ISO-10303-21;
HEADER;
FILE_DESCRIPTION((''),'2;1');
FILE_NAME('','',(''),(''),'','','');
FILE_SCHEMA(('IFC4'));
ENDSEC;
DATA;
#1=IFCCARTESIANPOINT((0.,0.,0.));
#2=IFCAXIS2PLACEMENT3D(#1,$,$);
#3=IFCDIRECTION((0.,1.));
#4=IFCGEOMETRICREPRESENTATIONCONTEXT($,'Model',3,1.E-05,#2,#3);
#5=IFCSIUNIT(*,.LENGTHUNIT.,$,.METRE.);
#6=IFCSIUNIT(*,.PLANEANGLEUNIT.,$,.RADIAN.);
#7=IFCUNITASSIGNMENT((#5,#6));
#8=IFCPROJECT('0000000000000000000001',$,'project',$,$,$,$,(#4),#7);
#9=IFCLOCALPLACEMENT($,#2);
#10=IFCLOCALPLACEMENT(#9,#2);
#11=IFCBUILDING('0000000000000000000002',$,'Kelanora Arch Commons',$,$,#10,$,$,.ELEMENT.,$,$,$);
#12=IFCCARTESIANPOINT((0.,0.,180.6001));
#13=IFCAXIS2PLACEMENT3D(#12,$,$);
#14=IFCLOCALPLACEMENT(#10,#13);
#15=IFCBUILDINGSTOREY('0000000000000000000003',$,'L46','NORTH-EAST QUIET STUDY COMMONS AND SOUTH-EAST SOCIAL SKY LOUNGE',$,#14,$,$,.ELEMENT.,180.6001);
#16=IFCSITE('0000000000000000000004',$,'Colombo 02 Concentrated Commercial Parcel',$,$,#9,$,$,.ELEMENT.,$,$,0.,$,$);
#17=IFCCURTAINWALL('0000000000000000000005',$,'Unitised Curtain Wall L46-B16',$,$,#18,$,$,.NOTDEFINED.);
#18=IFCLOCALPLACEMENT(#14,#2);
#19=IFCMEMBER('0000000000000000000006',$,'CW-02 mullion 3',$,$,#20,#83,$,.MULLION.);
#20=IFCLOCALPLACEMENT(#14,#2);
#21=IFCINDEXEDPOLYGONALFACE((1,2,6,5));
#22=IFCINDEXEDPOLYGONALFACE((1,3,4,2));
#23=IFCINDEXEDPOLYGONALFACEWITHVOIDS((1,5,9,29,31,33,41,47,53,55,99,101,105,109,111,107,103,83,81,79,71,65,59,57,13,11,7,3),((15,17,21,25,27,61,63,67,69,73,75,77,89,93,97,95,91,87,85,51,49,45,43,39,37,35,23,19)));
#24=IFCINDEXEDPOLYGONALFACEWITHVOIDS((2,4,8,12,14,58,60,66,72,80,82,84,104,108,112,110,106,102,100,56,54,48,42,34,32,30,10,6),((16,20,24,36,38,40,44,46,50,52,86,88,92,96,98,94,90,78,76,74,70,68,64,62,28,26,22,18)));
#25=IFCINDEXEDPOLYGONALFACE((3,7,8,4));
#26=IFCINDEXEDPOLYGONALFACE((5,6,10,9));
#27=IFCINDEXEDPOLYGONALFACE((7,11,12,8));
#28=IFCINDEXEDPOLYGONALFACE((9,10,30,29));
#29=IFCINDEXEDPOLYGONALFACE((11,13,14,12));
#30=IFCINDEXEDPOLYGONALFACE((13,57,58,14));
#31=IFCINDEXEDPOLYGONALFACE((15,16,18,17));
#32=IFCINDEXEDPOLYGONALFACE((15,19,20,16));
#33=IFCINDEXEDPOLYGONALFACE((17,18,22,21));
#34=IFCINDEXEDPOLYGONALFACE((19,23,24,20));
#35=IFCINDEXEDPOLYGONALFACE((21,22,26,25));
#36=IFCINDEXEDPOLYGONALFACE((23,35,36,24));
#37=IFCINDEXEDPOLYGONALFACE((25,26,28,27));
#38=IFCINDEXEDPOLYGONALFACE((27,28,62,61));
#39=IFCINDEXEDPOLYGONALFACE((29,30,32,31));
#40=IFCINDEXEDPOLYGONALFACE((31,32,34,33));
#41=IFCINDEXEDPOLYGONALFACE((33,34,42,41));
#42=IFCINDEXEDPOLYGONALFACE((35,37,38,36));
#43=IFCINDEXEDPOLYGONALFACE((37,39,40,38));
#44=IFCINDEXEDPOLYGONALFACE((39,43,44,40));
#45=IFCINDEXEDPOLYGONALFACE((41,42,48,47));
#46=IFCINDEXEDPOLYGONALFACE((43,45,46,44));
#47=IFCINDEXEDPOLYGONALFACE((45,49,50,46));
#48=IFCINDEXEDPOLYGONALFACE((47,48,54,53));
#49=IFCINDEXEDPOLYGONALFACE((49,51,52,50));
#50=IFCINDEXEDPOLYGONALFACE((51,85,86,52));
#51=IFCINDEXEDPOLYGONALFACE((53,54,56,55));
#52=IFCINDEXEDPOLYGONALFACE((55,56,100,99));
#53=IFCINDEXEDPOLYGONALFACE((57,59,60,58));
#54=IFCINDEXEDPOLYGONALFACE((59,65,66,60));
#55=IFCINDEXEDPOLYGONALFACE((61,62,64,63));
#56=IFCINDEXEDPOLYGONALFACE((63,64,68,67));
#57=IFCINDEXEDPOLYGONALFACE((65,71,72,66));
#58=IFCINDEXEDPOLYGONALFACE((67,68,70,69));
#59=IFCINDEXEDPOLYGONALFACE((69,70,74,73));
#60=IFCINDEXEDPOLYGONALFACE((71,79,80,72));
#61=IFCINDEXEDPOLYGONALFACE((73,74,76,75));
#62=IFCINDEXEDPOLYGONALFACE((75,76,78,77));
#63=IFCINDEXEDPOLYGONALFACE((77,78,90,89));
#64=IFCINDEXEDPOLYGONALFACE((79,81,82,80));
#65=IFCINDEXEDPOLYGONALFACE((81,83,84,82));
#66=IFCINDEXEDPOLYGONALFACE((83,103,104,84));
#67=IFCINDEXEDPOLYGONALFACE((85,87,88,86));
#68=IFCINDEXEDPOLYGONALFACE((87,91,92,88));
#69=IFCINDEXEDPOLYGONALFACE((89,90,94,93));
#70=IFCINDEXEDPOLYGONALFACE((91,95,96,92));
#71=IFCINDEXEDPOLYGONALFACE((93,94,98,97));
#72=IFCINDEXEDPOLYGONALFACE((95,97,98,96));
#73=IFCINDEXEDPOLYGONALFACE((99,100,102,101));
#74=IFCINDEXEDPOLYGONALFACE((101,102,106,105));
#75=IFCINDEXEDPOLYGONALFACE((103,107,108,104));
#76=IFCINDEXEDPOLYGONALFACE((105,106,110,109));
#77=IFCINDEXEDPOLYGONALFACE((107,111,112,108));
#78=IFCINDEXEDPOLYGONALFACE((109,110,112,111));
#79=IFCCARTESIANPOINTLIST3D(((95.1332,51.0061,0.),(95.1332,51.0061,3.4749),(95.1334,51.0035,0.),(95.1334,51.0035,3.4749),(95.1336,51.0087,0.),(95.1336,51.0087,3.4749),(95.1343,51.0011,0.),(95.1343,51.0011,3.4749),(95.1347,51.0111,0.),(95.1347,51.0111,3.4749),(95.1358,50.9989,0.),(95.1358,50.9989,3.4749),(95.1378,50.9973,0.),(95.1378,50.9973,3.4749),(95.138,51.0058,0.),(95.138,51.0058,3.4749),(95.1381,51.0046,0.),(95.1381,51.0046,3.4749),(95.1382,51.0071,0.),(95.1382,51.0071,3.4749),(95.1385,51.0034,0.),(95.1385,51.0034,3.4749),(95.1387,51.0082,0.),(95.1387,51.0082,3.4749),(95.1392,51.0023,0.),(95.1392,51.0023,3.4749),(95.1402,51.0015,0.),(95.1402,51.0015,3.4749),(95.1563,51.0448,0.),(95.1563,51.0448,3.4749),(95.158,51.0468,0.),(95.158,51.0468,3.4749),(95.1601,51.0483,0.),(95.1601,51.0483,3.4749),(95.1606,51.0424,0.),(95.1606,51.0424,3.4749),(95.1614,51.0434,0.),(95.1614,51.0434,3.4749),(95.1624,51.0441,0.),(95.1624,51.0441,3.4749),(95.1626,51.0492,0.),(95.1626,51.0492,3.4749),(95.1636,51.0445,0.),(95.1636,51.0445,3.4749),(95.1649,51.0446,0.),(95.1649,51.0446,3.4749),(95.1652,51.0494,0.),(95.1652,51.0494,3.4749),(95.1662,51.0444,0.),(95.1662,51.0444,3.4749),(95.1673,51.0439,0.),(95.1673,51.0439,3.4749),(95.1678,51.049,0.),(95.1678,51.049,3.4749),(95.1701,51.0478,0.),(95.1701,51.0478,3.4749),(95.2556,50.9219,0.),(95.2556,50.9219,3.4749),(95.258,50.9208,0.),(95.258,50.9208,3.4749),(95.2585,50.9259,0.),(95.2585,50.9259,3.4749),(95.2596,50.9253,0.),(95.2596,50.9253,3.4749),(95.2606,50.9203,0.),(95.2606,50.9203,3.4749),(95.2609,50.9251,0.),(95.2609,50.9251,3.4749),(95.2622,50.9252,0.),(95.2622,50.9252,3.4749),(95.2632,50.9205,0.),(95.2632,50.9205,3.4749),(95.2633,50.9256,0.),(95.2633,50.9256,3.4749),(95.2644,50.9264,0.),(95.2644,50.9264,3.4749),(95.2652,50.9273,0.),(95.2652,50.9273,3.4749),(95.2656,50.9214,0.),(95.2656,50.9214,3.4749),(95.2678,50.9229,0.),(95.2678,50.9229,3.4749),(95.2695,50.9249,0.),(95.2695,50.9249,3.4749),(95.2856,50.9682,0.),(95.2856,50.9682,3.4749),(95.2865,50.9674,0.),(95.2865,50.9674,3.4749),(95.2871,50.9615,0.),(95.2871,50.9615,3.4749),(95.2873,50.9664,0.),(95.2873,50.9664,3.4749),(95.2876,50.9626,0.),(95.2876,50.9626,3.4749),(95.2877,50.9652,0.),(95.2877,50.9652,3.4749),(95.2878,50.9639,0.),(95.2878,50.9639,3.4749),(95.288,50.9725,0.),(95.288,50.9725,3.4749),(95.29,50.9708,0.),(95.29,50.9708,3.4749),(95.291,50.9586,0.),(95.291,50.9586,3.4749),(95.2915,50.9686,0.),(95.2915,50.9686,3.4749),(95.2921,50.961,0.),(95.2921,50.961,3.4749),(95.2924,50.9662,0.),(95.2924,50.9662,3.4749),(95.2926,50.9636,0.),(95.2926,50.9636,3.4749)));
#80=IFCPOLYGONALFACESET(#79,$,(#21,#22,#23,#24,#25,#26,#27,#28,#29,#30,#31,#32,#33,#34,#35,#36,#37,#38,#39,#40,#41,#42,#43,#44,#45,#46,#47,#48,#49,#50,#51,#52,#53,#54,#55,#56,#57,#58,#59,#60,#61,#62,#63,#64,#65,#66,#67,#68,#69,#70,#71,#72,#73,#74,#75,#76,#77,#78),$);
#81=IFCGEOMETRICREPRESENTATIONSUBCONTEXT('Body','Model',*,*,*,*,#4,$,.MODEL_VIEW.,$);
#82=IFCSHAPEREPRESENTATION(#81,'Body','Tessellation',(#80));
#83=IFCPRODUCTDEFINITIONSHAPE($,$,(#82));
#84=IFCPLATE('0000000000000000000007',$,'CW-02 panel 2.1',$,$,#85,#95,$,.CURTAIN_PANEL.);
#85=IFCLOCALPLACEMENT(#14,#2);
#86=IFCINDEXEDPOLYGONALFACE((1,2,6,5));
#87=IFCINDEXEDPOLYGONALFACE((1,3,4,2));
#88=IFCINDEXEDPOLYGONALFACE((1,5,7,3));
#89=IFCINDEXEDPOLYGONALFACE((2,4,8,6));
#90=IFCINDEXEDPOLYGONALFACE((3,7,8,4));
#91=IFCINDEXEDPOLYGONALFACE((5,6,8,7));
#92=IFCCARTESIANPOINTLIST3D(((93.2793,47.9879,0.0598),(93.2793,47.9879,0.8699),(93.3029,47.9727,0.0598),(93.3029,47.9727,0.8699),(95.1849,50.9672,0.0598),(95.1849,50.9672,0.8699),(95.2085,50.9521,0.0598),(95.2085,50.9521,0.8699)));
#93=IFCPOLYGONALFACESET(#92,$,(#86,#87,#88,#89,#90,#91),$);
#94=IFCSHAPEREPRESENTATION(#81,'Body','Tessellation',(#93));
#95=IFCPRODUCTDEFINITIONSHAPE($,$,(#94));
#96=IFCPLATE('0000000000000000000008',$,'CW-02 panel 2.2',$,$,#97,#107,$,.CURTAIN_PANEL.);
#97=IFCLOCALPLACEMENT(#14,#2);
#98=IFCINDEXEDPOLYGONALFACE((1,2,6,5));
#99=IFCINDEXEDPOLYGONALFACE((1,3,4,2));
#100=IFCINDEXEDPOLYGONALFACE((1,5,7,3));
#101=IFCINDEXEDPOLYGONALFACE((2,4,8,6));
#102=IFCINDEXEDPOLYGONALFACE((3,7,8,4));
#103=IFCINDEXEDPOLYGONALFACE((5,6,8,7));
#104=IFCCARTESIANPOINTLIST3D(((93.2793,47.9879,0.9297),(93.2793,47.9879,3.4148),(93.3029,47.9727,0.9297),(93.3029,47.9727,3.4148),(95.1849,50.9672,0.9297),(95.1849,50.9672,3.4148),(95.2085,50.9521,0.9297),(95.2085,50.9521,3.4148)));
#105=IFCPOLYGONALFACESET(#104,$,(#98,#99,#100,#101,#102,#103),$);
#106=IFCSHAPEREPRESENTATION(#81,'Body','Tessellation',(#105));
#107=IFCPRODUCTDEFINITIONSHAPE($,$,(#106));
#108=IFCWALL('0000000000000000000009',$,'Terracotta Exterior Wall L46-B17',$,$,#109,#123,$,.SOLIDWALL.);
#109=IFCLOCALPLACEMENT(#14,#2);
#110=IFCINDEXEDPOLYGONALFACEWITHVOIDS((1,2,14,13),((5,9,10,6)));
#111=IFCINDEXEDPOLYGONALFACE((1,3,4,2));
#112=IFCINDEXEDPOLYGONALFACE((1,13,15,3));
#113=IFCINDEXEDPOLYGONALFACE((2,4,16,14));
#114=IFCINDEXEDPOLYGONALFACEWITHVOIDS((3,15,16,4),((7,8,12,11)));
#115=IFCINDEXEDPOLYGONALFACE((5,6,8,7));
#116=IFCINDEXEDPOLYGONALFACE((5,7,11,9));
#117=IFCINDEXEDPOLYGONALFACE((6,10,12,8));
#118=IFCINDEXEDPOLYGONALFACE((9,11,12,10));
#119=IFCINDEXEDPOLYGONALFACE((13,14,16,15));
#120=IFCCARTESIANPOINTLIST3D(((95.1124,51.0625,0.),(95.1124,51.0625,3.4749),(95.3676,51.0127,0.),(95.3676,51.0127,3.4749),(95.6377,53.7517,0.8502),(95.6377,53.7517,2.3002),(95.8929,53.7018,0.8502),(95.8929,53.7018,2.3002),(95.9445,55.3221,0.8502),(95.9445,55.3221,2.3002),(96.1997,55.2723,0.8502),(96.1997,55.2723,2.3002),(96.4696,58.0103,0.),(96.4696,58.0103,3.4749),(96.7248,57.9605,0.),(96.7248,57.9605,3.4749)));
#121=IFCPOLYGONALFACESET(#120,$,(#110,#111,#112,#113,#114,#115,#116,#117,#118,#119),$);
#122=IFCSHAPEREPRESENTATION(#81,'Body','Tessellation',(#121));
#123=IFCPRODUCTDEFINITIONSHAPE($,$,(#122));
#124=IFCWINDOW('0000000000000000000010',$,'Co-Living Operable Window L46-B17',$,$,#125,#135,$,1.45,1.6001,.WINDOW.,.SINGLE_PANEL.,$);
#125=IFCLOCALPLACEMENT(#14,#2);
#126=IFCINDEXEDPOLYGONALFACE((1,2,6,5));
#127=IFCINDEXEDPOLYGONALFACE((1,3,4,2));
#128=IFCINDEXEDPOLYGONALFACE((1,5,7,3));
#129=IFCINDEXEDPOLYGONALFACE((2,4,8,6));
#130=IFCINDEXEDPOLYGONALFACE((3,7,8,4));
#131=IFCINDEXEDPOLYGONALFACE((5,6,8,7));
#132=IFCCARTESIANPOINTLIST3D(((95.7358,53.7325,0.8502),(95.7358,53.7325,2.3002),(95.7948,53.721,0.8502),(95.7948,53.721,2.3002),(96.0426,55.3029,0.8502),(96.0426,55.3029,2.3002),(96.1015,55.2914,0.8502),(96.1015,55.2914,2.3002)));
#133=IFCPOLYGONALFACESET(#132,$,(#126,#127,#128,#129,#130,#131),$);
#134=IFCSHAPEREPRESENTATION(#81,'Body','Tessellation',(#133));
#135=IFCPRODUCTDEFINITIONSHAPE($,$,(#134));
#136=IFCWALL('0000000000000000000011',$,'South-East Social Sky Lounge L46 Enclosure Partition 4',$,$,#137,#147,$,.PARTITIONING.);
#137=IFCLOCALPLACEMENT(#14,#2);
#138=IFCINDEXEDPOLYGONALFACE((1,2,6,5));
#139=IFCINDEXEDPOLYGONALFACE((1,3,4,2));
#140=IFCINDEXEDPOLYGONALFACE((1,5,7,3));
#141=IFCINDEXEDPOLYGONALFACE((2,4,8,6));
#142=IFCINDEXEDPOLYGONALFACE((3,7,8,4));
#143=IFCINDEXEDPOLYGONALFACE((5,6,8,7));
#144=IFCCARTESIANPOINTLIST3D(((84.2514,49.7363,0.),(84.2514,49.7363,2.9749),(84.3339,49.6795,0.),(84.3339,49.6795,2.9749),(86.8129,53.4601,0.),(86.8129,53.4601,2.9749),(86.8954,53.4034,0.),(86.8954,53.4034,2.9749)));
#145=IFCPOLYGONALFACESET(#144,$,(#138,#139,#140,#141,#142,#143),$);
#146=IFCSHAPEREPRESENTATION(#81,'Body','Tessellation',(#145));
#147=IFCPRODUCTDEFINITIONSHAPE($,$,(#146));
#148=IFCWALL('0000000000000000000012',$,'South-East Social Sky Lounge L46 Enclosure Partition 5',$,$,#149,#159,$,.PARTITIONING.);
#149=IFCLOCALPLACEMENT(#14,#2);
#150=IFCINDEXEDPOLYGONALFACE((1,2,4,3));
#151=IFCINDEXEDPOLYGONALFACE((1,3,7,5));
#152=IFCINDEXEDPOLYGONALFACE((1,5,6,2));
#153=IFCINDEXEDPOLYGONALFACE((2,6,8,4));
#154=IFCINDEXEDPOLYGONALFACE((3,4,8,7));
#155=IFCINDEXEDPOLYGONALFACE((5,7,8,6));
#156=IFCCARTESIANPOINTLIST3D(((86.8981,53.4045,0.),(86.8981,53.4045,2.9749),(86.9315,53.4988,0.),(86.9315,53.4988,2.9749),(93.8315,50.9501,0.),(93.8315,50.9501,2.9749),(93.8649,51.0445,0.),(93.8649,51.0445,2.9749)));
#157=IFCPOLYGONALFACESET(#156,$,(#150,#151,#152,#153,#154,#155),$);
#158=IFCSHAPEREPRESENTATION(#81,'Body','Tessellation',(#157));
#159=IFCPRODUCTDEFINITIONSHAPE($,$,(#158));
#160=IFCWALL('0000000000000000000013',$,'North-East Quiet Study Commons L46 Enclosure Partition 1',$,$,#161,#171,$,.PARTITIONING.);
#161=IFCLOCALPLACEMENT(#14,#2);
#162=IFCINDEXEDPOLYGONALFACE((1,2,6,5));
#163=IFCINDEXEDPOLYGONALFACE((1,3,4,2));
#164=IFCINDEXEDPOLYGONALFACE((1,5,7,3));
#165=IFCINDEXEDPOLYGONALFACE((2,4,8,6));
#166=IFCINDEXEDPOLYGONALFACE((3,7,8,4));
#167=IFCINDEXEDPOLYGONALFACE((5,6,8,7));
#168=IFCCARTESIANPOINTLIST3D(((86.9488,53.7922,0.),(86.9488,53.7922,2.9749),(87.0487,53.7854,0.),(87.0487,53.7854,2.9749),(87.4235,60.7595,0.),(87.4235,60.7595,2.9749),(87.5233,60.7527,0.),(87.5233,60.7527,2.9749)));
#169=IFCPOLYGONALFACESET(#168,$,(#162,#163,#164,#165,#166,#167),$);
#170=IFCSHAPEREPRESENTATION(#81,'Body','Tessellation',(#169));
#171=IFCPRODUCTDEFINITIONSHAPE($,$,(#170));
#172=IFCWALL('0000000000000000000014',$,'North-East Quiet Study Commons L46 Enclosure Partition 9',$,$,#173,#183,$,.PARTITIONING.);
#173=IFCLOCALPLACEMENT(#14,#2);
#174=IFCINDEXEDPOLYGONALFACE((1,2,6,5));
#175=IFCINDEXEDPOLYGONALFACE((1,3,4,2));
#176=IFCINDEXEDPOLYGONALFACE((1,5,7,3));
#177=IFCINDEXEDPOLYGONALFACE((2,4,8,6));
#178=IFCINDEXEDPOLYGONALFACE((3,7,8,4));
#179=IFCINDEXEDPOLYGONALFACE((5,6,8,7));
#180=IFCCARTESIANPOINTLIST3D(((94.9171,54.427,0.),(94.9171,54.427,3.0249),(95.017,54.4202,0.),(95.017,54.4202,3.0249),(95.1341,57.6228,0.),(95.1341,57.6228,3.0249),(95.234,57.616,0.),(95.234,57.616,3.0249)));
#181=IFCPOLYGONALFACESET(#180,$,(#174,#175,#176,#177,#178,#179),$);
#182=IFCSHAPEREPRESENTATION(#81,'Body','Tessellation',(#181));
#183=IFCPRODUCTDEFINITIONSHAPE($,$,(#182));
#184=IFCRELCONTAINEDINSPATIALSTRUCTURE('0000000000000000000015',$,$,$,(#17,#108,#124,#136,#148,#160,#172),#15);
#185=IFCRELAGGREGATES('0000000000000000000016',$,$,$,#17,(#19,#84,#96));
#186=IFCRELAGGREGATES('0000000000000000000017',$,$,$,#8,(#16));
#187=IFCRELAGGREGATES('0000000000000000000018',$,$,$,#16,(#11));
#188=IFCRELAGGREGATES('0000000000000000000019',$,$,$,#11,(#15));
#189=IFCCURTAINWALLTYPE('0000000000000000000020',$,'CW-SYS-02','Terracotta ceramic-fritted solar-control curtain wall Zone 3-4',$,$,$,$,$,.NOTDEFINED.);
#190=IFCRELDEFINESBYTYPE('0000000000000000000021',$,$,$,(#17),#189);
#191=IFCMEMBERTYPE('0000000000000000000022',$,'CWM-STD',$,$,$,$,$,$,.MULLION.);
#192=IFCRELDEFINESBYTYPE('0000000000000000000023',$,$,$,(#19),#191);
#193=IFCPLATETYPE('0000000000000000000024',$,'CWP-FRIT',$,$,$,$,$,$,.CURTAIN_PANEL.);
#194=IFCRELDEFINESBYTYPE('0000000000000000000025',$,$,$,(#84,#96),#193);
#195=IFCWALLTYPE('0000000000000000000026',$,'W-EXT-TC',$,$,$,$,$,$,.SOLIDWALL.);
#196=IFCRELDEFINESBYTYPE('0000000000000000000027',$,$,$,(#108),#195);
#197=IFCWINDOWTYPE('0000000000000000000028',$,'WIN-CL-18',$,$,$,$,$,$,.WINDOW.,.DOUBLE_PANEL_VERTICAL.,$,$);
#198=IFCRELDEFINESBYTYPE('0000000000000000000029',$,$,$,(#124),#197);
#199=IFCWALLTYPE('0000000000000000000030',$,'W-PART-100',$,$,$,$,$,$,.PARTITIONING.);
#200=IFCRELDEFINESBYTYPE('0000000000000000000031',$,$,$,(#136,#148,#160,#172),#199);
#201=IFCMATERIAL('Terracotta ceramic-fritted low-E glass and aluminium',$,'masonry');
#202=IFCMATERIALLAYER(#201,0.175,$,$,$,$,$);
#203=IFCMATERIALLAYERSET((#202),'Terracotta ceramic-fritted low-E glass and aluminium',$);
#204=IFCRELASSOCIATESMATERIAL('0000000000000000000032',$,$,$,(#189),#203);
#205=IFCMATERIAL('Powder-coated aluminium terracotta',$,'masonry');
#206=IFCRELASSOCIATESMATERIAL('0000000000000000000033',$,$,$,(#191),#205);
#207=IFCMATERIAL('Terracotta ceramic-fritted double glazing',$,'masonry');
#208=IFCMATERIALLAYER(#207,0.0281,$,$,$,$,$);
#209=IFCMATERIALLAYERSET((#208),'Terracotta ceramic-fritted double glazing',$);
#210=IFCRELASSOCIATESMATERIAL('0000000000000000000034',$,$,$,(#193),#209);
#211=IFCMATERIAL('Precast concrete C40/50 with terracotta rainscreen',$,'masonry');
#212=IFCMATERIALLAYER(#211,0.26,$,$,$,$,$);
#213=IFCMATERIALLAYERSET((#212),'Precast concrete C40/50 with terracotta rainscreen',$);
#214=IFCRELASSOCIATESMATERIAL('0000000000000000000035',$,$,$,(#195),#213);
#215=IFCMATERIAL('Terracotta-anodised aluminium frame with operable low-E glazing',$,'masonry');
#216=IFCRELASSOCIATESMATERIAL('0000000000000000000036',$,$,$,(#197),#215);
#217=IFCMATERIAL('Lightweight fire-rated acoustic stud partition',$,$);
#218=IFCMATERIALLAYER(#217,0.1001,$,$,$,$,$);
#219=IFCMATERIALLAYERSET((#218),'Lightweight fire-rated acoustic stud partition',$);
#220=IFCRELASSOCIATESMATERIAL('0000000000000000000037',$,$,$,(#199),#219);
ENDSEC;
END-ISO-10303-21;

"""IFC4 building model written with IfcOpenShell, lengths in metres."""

from ifc_helpers import new_model, si_unit, direction, frame, frame_2d, origin, origin_2d, place, context, subcontext, project, spatial, rectangle, hollow_rectangle, extrude, source, transform, mapped, material, layer, layer_set, material_profile, profile_set, type_object, element, fill, aggregate, save


model = new_model("IFC4")

# Units and contexts
model_context = context("Model", 3, precision=1e-05, world=origin(), true_north=direction((0.0, 1.0)))
body_context = subcontext(model_context, "Body", "Model", "MODEL_VIEW")
ifc_project = project(units=[si_unit("LENGTHUNIT", "METRE"), si_unit("PLANEANGLEUNIT", "RADIAN")], contexts=[model_context])

# Site, building, storey
site_placement = place(None, origin())
site = spatial("IfcSite", under=ifc_project, at=site_placement, Name="Colombo 02 Concentrated Commercial Parcel", CompositionType="ELEMENT", RefElevation=0.0)
building_placement = place(site_placement, origin())
building = spatial("IfcBuilding", under=site, at=building_placement, Name="Kelanora Arch Commons", CompositionType="ELEMENT")
storey_placement = place(building_placement, frame((0.0, 0.0, 180.6001)))
storey = spatial("IfcBuildingStorey", under=building, at=storey_placement, Name="L46", Description="NORTH-EAST QUIET STUDY COMMONS AND SOUTH-EAST SOCIAL SKY LOUNGE", CompositionType="ELEMENT", Elevation=180.6001)

# Curtain wall, member, plates
ifc_material_1 = material(Name="Terracotta ceramic-fritted low-E glass and aluminium", Category="masonry")
ifc_layer_1 = layer(ifc_material_1, 0.175)
ifc_layer_set_1 = layer_set([ifc_layer_1], Name="Terracotta ceramic-fritted low-E glass and aluminium")
curtain_wall_type = type_object("IfcCurtainWallType", Name="CW-SYS-02", Description="Terracotta ceramic-fritted solar-control curtain wall Zone 3-4", PredefinedType="NOTDEFINED", material=ifc_layer_set_1)
curtain_wall_placement = place(storey_placement, origin())
curtain_wall = element("IfcCurtainWall", 1, at=curtain_wall_placement, inside=storey, type_object=curtain_wall_type, Name="Unitised Curtain Wall L46-B16", PredefinedType="NOTDEFINED")
ifc_material_2 = material(Name="Powder-coated aluminium terracotta", Category="masonry")
ifc_material_profile_1 = material_profile(ifc_material_2, hollow_rectangle(XDim=0.1599, YDim=0.0601, WallThickness=0.0049, InnerFilletRadius=0.0049, OuterFilletRadius=0.01, at=origin_2d()), Name="CWM160x60")
ifc_profile_set_1 = profile_set([ifc_material_profile_1], Name="Powder-coated aluminium terracotta")
member_type = type_object("IfcMemberType", Name="CWM-STD", PredefinedType="MULLION", material=ifc_profile_set_1)
member_placement = place(storey_placement, frame((95.2129, 50.9849, 0.0), z_axis=(0.0, 0.0, 1.0), x_axis=(-0.842423, 0.538817, 0.0)))
member = element("IfcMember", 2, at=member_placement, type_object=member_type, Name="CW-02 mullion 3", PredefinedType="MULLION", context=body_context, shape_type="SweptSolid", body=[
    extrude(hollow_rectangle(XDim=0.1599, YDim=0.0601, WallThickness=0.0049, InnerFilletRadius=0.0049, OuterFilletRadius=0.01, at=origin_2d()), origin(), (0.0, 0.0, 1.0), 3.4749),
])
ifc_material_3 = material(Name="Terracotta ceramic-fritted double glazing", Category="masonry")
ifc_layer_2 = layer(ifc_material_3, 0.0281)
ifc_layer_set_2 = layer_set([ifc_layer_2], Name="Terracotta ceramic-fritted double glazing")
plate_type = type_object("IfcPlateType", Name="CWP-FRIT", PredefinedType="CURTAIN_PANEL", material=ifc_layer_set_2)
shared_shape_1 = source(origin(), body_context, "Body", "SweptSolid", [
    extrude(rectangle(XDim=3.5366, YDim=0.0281, at=origin_2d()), origin(), (0.0, 0.0, 1.0), 0.8101),
])
plate_1_placement = place(storey_placement, frame((94.2439, 49.47, 0.0598), z_axis=(0.0, 0.0, 1.0), x_axis=(0.538817, 0.842423, 0.0)))
plate_1 = element("IfcPlate", 3, at=plate_1_placement, type_object=plate_type, Name="CW-02 panel 2.1", PredefinedType="CURTAIN_PANEL", context=body_context, shape_type="MappedRepresentation", body=[
    mapped(shared_shape_1, transform((0.0, 0.0, 0.0), scale=1.0)),
])
shared_shape_2 = source(origin(), body_context, "Body", "SweptSolid", [
    extrude(rectangle(XDim=3.5366, YDim=0.0281, at=origin_2d()), origin(), (0.0, 0.0, 1.0), 2.4851),
])
plate_2_placement = place(storey_placement, frame((94.2439, 49.47, 0.9297), z_axis=(0.0, 0.0, 1.0), x_axis=(0.538817, 0.842423, 0.0)))
plate_2 = element("IfcPlate", 4, at=plate_2_placement, type_object=plate_type, Name="CW-02 panel 2.2", PredefinedType="CURTAIN_PANEL", context=body_context, shape_type="MappedRepresentation", body=[
    mapped(shared_shape_2, transform((0.0, 0.0, 0.0), scale=1.0)),
])
aggregate(curtain_wall, [member, plate_1, plate_2])

# Wall, opening, window
ifc_material_4 = material(Name="Precast concrete C40/50 with terracotta rainscreen", Category="masonry")
ifc_layer_3 = layer(ifc_material_4, 0.26)
ifc_layer_set_3 = layer_set([ifc_layer_3], Name="Precast concrete C40/50 with terracotta rainscreen")
wall_type_1 = type_object("IfcWallType", Name="W-EXT-TC", PredefinedType="SOLIDWALL", material=ifc_layer_set_3)
wall_1_placement = place(storey_placement, frame((95.24, 51.0376, 0.0), z_axis=(0.0, 0.0, 1.0), x_axis=(0.191717, 0.98145, 0.0)))
wall_1 = element("IfcWall", 5, at=wall_1_placement, inside=storey, type_object=wall_type_1, Name="Terracotta Exterior Wall L46-B17", PredefinedType="SOLIDWALL", context=body_context, shape_type="SweptSolid", body=[
    extrude(rectangle(XDim=7.0791, YDim=0.26, at=frame_2d((3.5396, 0.0))), origin(), (0.0, 0.0, 1.0), 3.4749),
])
opening_1_placement = place(wall_1_placement, frame((2.74, 0.0, 0.8501)))
opening_1 = element("IfcOpeningElement", 6, at=opening_1_placement, cuts=wall_1, PredefinedType="OPENING", context=body_context, shape_type="SweptSolid", body=[
    extrude(rectangle(XDim=1.6001, YDim=1.45, at=frame_2d((0.8, 0.7251))), frame((0.0, 0.1401, 0.0), z_axis=(0.0, -1.0, 0.0), x_axis=(1.0, 0.0, 0.0)), (0.0, 0.0, 1.0), 0.28),
])
ifc_material_5 = material(Name="Terracotta-anodised aluminium frame with operable low-E glazing", Category="masonry")
window_type = type_object("IfcWindowType", Name="WIN-CL-18", PartitioningType="DOUBLE_PANEL_VERTICAL", PredefinedType="WINDOW", material=ifc_material_5)
window_placement = place(opening_1_placement, origin())
window = element("IfcWindow", 7, at=window_placement, inside=storey, type_object=window_type, Name="Co-Living Operable Window L46-B17", OverallHeight=1.45, OverallWidth=1.6001, PartitioningType="SINGLE_PANEL", PredefinedType="WINDOW", context=body_context, shape_type="SweptSolid", body=[
    extrude(rectangle(XDim=1.6001, YDim=1.45, at=frame_2d((0.8, 0.7251))), frame((0.0, 0.03, 0.0), z_axis=(0.0, -1.0, 0.0), x_axis=(1.0, 0.0, 0.0)), (0.0, 0.0, 1.0), 0.0601),
])
fill(opening_1, window)

# Walls
ifc_material_6 = material(Name="Lightweight fire-rated acoustic stud partition")
ifc_layer_4 = layer(ifc_material_6, 0.1001)
ifc_layer_set_4 = layer_set([ifc_layer_4], Name="Lightweight fire-rated acoustic stud partition")
wall_type_2 = type_object("IfcWallType", Name="W-PART-100", PredefinedType="PARTITIONING", material=ifc_layer_set_4)
wall_2_placement = place(storey_placement, frame((84.2927, 49.708, 0.0), z_axis=(0.0, 0.0, 1.0), x_axis=(0.566733, 0.823902, 0.0)))
element("IfcWall", 8, at=wall_2_placement, inside=storey, type_object=wall_type_2, Name="South-East Social Sky Lounge L46 Enclosure Partition 4", PredefinedType="PARTITIONING", context=body_context, shape_type="SweptSolid", body=[
    extrude(rectangle(XDim=4.5198, YDim=0.1001, at=frame_2d((2.2598, 0.0))), origin(), (0.0, 0.0, 1.0), 2.9749),
])
wall_3_placement = place(storey_placement, frame((86.9148, 53.4517, 0.0), z_axis=(0.0, 0.0, 1.0), x_axis=(0.942679, -0.3337, 0.0)))
element("IfcWall", 9, at=wall_3_placement, inside=storey, type_object=wall_type_2, Name="South-East Social Sky Lounge L46 Enclosure Partition 5", PredefinedType="PARTITIONING", context=body_context, shape_type="SweptSolid", body=[
    extrude(rectangle(XDim=7.355, YDim=0.1001, at=frame_2d((3.6775, 0.0))), origin(), (0.0, 0.0, 1.0), 2.9749),
])
wall_4_placement = place(storey_placement, frame((86.9988, 53.7888, 0.0), z_axis=(0.0, 0.0, 1.0), x_axis=(0.067962, 0.997688, 0.0)))
element("IfcWall", 10, at=wall_4_placement, inside=storey, type_object=wall_type_2, Name="North-East Quiet Study Commons L46 Enclosure Partition 1", PredefinedType="PARTITIONING", context=body_context, shape_type="SweptSolid", body=[
    extrude(rectangle(XDim=6.9834, YDim=0.1001, at=frame_2d((3.4917, 0.0))), origin(), (0.0, 0.0, 1.0), 2.9749),
])
wall_5_placement = place(storey_placement, frame((95.1841, 57.6194, 0.0), z_axis=(0.0, 0.0, 1.0), x_axis=(-0.067758, -0.997702, 0.0)))
element("IfcWall", 11, at=wall_5_placement, inside=storey, type_object=wall_type_2, Name="North-East Quiet Study Commons L46 Enclosure Partition 9", PredefinedType="PARTITIONING", context=body_context, shape_type="SweptSolid", body=[
    extrude(rectangle(XDim=3.2031, YDim=0.1001, at=frame_2d((1.6016, 0.0))), origin(), (0.0, 0.0, 1.0), 3.0249),
])

save(model, "model.ifc")
